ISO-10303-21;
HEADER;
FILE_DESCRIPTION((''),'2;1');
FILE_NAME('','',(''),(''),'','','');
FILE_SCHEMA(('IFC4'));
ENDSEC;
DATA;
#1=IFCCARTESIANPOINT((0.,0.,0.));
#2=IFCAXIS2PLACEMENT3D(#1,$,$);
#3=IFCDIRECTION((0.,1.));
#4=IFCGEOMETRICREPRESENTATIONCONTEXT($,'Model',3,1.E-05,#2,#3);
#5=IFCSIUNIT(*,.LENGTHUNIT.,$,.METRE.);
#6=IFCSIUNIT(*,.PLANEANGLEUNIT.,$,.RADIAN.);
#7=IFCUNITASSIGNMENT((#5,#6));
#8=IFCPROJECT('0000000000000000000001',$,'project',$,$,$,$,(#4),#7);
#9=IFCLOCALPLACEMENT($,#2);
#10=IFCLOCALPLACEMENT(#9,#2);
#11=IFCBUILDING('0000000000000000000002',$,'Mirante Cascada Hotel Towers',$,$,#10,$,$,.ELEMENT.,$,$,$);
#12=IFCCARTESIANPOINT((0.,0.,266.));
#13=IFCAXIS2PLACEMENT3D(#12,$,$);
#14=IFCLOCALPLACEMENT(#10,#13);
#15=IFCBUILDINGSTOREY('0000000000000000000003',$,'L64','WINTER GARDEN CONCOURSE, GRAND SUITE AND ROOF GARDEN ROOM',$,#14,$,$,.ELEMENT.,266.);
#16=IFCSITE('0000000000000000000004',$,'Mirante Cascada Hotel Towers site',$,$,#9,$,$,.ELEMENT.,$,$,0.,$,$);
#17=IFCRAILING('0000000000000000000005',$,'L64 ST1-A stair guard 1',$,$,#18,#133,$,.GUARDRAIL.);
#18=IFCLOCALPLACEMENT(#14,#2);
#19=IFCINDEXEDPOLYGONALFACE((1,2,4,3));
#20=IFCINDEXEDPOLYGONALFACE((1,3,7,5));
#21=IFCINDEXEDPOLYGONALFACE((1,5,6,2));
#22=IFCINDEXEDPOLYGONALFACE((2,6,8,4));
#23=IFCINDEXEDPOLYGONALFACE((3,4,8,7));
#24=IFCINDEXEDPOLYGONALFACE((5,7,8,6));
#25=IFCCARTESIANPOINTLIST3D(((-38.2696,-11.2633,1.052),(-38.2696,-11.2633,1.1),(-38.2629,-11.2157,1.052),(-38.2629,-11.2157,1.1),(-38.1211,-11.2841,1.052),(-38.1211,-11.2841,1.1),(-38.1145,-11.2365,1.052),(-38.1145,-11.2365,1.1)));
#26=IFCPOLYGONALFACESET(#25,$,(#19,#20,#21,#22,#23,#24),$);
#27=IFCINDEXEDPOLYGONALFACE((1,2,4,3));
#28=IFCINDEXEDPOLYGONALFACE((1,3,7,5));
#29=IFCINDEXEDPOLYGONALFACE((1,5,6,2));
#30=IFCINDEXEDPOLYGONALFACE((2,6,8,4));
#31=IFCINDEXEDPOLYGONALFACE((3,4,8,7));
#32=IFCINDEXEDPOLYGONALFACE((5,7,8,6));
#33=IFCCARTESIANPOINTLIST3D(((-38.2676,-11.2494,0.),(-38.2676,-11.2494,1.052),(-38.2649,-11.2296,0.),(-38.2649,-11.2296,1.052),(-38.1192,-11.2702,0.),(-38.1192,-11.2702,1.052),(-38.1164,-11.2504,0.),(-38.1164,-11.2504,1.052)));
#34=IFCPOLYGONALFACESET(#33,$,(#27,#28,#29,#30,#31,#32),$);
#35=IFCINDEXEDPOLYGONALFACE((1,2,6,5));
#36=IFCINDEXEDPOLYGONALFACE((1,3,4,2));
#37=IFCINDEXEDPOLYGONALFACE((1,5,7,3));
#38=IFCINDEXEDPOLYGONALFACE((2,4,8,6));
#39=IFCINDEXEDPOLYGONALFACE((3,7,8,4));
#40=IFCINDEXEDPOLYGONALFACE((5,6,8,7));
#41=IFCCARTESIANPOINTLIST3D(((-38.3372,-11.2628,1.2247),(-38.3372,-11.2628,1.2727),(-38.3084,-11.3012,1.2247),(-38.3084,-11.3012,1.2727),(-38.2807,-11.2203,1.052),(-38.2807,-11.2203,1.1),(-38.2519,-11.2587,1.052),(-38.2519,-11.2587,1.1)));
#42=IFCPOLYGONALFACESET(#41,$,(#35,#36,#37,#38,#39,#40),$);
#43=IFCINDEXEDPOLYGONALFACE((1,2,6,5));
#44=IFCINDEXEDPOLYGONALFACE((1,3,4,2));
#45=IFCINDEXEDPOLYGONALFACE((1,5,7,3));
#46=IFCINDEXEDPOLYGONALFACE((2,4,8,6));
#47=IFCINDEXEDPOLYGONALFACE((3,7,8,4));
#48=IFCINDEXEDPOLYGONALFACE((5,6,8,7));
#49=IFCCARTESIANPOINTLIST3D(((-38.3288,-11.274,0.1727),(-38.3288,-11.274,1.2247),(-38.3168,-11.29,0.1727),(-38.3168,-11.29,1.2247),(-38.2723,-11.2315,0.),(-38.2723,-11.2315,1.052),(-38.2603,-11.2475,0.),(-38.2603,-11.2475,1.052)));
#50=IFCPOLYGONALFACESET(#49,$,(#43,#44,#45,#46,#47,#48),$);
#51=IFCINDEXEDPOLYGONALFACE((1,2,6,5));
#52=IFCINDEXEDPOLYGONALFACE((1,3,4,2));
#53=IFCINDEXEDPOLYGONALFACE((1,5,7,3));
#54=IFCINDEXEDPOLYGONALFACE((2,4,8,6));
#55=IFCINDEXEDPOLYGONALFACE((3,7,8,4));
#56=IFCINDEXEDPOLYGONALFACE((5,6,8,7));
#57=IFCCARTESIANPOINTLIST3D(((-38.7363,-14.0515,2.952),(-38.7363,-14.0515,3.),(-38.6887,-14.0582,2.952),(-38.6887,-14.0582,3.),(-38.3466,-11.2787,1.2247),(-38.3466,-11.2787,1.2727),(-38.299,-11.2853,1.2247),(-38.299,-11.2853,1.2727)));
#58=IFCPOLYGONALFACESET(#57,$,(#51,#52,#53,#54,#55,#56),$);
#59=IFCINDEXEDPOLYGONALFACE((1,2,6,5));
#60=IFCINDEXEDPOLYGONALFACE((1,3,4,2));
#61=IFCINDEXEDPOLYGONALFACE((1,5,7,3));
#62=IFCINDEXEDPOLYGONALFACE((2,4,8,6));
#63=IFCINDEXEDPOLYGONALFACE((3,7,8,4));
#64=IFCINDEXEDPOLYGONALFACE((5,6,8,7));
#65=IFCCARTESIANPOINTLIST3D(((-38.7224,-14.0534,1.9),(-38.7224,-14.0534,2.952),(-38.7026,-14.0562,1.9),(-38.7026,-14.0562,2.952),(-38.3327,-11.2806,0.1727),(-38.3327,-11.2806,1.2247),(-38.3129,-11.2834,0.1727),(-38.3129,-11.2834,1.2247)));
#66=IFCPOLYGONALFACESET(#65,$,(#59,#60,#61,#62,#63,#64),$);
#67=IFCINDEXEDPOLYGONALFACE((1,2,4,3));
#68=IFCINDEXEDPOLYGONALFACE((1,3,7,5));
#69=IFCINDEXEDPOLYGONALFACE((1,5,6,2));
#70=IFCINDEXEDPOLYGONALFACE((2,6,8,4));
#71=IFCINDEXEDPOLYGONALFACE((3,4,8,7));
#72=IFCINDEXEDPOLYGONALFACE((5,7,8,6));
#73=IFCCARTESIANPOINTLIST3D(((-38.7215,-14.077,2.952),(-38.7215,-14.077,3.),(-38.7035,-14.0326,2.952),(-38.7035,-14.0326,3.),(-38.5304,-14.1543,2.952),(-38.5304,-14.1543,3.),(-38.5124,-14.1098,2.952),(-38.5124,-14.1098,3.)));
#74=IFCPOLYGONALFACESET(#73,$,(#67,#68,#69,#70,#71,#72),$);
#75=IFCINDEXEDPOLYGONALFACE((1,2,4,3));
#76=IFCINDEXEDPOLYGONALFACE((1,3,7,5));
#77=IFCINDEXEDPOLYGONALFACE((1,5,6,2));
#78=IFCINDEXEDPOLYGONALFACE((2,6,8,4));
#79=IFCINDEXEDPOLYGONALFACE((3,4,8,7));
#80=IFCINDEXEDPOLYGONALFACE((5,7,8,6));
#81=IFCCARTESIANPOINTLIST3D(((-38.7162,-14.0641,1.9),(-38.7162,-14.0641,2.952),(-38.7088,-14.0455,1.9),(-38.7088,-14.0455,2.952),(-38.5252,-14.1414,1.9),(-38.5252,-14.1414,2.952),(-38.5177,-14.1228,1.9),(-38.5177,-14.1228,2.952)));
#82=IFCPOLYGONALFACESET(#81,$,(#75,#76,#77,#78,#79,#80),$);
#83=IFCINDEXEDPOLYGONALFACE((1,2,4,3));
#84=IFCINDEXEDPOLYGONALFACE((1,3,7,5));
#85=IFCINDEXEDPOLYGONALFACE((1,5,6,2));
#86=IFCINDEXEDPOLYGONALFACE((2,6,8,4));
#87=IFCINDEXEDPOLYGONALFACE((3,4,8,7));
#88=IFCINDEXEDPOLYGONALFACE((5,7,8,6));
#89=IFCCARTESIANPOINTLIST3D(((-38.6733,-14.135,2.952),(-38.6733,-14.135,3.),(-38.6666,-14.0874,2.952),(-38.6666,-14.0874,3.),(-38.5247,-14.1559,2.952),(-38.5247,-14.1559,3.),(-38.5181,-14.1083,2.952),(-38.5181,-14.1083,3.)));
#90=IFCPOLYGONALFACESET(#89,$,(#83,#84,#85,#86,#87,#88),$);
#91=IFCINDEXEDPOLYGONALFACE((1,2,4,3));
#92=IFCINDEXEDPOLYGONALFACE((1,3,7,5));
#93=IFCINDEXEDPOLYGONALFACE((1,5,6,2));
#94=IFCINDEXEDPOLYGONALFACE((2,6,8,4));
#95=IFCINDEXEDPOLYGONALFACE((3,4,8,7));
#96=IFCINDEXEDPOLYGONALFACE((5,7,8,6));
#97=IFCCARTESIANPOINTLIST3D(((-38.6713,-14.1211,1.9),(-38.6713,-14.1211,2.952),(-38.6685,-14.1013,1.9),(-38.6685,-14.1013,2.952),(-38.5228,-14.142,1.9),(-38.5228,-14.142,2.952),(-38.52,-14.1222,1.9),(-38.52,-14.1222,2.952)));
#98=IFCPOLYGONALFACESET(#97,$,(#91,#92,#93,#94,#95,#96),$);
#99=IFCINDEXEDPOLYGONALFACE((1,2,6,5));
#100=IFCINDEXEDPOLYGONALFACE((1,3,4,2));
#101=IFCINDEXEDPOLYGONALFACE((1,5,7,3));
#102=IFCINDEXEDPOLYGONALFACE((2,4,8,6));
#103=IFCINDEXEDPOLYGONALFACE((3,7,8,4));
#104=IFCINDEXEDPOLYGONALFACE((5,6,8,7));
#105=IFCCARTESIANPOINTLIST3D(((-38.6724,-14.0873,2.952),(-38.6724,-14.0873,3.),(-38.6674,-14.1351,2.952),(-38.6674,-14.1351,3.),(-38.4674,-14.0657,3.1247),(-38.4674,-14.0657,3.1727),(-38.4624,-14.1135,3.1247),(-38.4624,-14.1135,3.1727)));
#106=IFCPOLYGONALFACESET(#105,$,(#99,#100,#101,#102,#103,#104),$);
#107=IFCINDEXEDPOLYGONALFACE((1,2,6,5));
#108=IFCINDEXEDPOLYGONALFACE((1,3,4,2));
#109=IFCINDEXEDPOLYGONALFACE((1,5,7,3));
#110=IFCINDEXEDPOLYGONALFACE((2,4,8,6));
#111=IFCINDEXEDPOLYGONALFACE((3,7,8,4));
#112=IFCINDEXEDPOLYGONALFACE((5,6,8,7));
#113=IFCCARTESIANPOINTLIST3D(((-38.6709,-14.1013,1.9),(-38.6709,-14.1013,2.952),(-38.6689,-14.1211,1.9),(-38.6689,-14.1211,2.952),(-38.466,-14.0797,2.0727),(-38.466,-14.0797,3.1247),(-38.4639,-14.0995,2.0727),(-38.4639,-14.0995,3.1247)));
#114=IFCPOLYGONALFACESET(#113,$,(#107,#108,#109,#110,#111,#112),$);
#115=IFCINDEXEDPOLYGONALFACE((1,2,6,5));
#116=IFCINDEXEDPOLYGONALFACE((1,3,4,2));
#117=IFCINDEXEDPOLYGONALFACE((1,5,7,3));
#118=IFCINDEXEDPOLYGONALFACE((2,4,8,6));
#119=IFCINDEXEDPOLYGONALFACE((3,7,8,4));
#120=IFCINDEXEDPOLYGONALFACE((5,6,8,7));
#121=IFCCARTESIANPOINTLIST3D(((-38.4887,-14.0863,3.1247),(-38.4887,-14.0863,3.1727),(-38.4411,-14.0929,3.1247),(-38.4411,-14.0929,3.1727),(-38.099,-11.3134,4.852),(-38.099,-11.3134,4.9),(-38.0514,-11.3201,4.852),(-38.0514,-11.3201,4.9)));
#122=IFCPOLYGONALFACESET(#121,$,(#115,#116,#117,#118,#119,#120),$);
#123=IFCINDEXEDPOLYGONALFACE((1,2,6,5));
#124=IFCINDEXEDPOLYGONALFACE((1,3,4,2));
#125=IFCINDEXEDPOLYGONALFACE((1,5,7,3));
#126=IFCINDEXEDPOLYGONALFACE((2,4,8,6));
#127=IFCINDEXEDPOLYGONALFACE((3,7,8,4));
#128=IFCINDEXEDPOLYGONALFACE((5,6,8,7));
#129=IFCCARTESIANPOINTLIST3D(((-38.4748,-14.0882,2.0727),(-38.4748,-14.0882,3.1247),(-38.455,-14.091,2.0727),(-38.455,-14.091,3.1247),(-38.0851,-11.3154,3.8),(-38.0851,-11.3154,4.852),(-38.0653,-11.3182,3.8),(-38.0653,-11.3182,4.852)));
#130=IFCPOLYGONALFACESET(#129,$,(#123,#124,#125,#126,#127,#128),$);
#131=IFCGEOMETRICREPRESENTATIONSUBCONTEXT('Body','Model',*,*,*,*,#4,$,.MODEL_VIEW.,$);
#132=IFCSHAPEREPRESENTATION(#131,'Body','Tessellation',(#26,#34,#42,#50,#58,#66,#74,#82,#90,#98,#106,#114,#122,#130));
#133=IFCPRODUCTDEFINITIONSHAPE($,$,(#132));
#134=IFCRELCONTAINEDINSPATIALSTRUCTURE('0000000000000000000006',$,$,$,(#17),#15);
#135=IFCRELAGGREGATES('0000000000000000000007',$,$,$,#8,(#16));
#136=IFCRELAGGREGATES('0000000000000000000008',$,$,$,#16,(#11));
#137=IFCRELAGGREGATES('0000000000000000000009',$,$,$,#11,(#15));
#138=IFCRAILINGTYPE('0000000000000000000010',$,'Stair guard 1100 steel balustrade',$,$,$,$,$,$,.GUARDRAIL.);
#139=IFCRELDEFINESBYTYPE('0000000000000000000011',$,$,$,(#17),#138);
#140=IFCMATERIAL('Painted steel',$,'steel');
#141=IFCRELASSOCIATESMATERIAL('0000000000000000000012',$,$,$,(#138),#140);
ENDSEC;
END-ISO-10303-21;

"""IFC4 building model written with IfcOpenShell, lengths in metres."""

from ifc_helpers import new_model, si_unit, direction, frame, origin, origin_2d, place, context, subcontext, project, spatial, rectangle, extrude, material, type_object, element, save


model = new_model("IFC4")

# Units and contexts
model_context = context("Model", 3, precision=1e-05, world=origin(), true_north=direction((0.0, 1.0)))
body_context = subcontext(model_context, "Body", "Model", "MODEL_VIEW")
ifc_project = project(units=[si_unit("LENGTHUNIT", "METRE"), si_unit("PLANEANGLEUNIT", "RADIAN")], contexts=[model_context])

# Site, building, storey
site_placement = place(None, origin())
site = spatial("IfcSite", under=ifc_project, at=site_placement, Name="Mirante Cascada Hotel Towers site", CompositionType="ELEMENT", RefElevation=0.0)
building_placement = place(site_placement, origin())
building = spatial("IfcBuilding", under=site, at=building_placement, Name="Mirante Cascada Hotel Towers", CompositionType="ELEMENT")
storey_placement = place(building_placement, frame((0.0, 0.0, 266.0)))
storey = spatial("IfcBuildingStorey", under=building, at=storey_placement, Name="L64", Description="WINTER GARDEN CONCOURSE, GRAND SUITE AND ROOF GARDEN ROOM", CompositionType="ELEMENT", Elevation=266.0)

# Railing
ifc_material_1 = material(Name="Painted steel", Category="steel")
railing_type = type_object("IfcRailingType", Name="Stair guard 1100 steel balustrade", PredefinedType="GUARDRAIL", material=ifc_material_1)
railing_placement = place(storey_placement, frame((-38.1178, -11.2603, 0.0)))
element("IfcRailing", 1, at=railing_placement, inside=storey, type_object=railing_type, Name="L64 ST1-A stair guard 1", PredefinedType="GUARDRAIL", context=body_context, shape_type="SweptSolid", body=[
    extrude(rectangle(XDim=0.048, YDim=0.048, at=origin_2d()), frame((0.0, 0.0, 1.076), z_axis=(-0.990333, 0.138713, 0.0), x_axis=(-0.138713, -0.990333, 0.0)), (0.0, 0.0, 1.0), 0.1499),
    extrude(rectangle(XDim=0.02, YDim=1.052, at=origin_2d()), frame((0.0, 0.0, 0.526), z_axis=(-0.990333, 0.138713, 0.0), x_axis=(-0.138713, -0.990333, 0.0)), (0.0, 0.0, 1.0), 0.1499),
    extrude(rectangle(XDim=0.048, YDim=0.048, at=origin_2d()), frame((-0.1485, 0.0208, 1.076), z_axis=(-0.79915, -0.601131, 0.0), x_axis=(0.601131, -0.79915, 0.0)), (0.0, 0.925453, 0.378863), 0.1866),
    extrude(rectangle(XDim=0.02, YDim=1.052, at=origin_2d()), frame((-0.1485, 0.0208, 0.526), z_axis=(-0.79915, -0.601131, 0.0), x_axis=(0.601131, -0.79915, 0.0)), (0.0, 0.925453, 0.378863), 0.1866),
    extrude(rectangle(XDim=0.048, YDim=0.048, at=origin_2d()), frame((-0.205, -0.0217, 1.2487), z_axis=(-0.139176, -0.990268, 0.0), x_axis=(0.990268, -0.139176, 0.0)), (0.0, 0.525021, 0.851089), 3.29),
    extrude(rectangle(XDim=0.02, YDim=1.052, at=origin_2d()), frame((-0.205, -0.0217, 0.6987), z_axis=(-0.139176, -0.990268, 0.0), x_axis=(0.990268, -0.139176, 0.0)), (0.0, 0.525021, 0.851089), 3.29),
    extrude(rectangle(XDim=0.048, YDim=0.048, at=origin_2d()), frame((-0.5947, -2.7945, 2.976), z_axis=(0.927031, -0.374984, 0.0), x_axis=(0.374984, 0.927031, 0.0)), (0.0, 0.0, 1.0), 0.2061),
    extrude(rectangle(XDim=0.02, YDim=1.052, at=origin_2d()), frame((-0.5947, -2.7945, 2.426), z_axis=(0.927031, -0.374984, 0.0), x_axis=(0.374984, 0.927031, 0.0)), (0.0, 0.0, 1.0), 0.2061),
    extrude(rectangle(XDim=0.048, YDim=0.048, at=origin_2d()), frame((-0.4036, -2.8718, 2.976), z_axis=(-0.990241, 0.139367, 0.0), x_axis=(-0.139367, -0.990241, 0.0)), (0.0, 0.0, 1.0), 0.15),
    extrude(rectangle(XDim=0.02, YDim=1.052, at=origin_2d()), frame((-0.4036, -2.8718, 2.426), z_axis=(-0.990241, 0.139367, 0.0), x_axis=(-0.139367, -0.990241, 0.0)), (0.0, 0.0, 1.0), 0.15),
    extrude(rectangle(XDim=0.048, YDim=0.048, at=origin_2d()), frame((-0.5521, -2.8509, 2.976), z_axis=(0.994495, 0.104786, 0.0), x_axis=(-0.104786, 0.994495, 0.0)), (0.0, 0.642203, 0.766534), 0.2689),
    extrude(rectangle(XDim=0.02, YDim=1.052, at=origin_2d()), frame((-0.5521, -2.8509, 2.426), z_axis=(0.994495, 0.104786, 0.0), x_axis=(-0.104786, 0.994495, 0.0)), (0.0, 0.642203, 0.766534), 0.2689),
    extrude(rectangle(XDim=0.048, YDim=0.048, at=origin_2d()), frame((-0.3471, -2.8293, 3.1487), z_axis=(0.139176, 0.990268, 0.0), x_axis=(-0.990268, 0.139176, 0.0)), (0.0, 0.525021, 0.851089), 3.29),
    extrude(rectangle(XDim=0.02, YDim=1.052, at=origin_2d()), frame((-0.3471, -2.8293, 2.5987), z_axis=(0.139176, 0.990268, 0.0), x_axis=(-0.990268, 0.139176, 0.0)), (0.0, 0.525021, 0.851089), 3.29),
])

save(model, "model.ifc")
